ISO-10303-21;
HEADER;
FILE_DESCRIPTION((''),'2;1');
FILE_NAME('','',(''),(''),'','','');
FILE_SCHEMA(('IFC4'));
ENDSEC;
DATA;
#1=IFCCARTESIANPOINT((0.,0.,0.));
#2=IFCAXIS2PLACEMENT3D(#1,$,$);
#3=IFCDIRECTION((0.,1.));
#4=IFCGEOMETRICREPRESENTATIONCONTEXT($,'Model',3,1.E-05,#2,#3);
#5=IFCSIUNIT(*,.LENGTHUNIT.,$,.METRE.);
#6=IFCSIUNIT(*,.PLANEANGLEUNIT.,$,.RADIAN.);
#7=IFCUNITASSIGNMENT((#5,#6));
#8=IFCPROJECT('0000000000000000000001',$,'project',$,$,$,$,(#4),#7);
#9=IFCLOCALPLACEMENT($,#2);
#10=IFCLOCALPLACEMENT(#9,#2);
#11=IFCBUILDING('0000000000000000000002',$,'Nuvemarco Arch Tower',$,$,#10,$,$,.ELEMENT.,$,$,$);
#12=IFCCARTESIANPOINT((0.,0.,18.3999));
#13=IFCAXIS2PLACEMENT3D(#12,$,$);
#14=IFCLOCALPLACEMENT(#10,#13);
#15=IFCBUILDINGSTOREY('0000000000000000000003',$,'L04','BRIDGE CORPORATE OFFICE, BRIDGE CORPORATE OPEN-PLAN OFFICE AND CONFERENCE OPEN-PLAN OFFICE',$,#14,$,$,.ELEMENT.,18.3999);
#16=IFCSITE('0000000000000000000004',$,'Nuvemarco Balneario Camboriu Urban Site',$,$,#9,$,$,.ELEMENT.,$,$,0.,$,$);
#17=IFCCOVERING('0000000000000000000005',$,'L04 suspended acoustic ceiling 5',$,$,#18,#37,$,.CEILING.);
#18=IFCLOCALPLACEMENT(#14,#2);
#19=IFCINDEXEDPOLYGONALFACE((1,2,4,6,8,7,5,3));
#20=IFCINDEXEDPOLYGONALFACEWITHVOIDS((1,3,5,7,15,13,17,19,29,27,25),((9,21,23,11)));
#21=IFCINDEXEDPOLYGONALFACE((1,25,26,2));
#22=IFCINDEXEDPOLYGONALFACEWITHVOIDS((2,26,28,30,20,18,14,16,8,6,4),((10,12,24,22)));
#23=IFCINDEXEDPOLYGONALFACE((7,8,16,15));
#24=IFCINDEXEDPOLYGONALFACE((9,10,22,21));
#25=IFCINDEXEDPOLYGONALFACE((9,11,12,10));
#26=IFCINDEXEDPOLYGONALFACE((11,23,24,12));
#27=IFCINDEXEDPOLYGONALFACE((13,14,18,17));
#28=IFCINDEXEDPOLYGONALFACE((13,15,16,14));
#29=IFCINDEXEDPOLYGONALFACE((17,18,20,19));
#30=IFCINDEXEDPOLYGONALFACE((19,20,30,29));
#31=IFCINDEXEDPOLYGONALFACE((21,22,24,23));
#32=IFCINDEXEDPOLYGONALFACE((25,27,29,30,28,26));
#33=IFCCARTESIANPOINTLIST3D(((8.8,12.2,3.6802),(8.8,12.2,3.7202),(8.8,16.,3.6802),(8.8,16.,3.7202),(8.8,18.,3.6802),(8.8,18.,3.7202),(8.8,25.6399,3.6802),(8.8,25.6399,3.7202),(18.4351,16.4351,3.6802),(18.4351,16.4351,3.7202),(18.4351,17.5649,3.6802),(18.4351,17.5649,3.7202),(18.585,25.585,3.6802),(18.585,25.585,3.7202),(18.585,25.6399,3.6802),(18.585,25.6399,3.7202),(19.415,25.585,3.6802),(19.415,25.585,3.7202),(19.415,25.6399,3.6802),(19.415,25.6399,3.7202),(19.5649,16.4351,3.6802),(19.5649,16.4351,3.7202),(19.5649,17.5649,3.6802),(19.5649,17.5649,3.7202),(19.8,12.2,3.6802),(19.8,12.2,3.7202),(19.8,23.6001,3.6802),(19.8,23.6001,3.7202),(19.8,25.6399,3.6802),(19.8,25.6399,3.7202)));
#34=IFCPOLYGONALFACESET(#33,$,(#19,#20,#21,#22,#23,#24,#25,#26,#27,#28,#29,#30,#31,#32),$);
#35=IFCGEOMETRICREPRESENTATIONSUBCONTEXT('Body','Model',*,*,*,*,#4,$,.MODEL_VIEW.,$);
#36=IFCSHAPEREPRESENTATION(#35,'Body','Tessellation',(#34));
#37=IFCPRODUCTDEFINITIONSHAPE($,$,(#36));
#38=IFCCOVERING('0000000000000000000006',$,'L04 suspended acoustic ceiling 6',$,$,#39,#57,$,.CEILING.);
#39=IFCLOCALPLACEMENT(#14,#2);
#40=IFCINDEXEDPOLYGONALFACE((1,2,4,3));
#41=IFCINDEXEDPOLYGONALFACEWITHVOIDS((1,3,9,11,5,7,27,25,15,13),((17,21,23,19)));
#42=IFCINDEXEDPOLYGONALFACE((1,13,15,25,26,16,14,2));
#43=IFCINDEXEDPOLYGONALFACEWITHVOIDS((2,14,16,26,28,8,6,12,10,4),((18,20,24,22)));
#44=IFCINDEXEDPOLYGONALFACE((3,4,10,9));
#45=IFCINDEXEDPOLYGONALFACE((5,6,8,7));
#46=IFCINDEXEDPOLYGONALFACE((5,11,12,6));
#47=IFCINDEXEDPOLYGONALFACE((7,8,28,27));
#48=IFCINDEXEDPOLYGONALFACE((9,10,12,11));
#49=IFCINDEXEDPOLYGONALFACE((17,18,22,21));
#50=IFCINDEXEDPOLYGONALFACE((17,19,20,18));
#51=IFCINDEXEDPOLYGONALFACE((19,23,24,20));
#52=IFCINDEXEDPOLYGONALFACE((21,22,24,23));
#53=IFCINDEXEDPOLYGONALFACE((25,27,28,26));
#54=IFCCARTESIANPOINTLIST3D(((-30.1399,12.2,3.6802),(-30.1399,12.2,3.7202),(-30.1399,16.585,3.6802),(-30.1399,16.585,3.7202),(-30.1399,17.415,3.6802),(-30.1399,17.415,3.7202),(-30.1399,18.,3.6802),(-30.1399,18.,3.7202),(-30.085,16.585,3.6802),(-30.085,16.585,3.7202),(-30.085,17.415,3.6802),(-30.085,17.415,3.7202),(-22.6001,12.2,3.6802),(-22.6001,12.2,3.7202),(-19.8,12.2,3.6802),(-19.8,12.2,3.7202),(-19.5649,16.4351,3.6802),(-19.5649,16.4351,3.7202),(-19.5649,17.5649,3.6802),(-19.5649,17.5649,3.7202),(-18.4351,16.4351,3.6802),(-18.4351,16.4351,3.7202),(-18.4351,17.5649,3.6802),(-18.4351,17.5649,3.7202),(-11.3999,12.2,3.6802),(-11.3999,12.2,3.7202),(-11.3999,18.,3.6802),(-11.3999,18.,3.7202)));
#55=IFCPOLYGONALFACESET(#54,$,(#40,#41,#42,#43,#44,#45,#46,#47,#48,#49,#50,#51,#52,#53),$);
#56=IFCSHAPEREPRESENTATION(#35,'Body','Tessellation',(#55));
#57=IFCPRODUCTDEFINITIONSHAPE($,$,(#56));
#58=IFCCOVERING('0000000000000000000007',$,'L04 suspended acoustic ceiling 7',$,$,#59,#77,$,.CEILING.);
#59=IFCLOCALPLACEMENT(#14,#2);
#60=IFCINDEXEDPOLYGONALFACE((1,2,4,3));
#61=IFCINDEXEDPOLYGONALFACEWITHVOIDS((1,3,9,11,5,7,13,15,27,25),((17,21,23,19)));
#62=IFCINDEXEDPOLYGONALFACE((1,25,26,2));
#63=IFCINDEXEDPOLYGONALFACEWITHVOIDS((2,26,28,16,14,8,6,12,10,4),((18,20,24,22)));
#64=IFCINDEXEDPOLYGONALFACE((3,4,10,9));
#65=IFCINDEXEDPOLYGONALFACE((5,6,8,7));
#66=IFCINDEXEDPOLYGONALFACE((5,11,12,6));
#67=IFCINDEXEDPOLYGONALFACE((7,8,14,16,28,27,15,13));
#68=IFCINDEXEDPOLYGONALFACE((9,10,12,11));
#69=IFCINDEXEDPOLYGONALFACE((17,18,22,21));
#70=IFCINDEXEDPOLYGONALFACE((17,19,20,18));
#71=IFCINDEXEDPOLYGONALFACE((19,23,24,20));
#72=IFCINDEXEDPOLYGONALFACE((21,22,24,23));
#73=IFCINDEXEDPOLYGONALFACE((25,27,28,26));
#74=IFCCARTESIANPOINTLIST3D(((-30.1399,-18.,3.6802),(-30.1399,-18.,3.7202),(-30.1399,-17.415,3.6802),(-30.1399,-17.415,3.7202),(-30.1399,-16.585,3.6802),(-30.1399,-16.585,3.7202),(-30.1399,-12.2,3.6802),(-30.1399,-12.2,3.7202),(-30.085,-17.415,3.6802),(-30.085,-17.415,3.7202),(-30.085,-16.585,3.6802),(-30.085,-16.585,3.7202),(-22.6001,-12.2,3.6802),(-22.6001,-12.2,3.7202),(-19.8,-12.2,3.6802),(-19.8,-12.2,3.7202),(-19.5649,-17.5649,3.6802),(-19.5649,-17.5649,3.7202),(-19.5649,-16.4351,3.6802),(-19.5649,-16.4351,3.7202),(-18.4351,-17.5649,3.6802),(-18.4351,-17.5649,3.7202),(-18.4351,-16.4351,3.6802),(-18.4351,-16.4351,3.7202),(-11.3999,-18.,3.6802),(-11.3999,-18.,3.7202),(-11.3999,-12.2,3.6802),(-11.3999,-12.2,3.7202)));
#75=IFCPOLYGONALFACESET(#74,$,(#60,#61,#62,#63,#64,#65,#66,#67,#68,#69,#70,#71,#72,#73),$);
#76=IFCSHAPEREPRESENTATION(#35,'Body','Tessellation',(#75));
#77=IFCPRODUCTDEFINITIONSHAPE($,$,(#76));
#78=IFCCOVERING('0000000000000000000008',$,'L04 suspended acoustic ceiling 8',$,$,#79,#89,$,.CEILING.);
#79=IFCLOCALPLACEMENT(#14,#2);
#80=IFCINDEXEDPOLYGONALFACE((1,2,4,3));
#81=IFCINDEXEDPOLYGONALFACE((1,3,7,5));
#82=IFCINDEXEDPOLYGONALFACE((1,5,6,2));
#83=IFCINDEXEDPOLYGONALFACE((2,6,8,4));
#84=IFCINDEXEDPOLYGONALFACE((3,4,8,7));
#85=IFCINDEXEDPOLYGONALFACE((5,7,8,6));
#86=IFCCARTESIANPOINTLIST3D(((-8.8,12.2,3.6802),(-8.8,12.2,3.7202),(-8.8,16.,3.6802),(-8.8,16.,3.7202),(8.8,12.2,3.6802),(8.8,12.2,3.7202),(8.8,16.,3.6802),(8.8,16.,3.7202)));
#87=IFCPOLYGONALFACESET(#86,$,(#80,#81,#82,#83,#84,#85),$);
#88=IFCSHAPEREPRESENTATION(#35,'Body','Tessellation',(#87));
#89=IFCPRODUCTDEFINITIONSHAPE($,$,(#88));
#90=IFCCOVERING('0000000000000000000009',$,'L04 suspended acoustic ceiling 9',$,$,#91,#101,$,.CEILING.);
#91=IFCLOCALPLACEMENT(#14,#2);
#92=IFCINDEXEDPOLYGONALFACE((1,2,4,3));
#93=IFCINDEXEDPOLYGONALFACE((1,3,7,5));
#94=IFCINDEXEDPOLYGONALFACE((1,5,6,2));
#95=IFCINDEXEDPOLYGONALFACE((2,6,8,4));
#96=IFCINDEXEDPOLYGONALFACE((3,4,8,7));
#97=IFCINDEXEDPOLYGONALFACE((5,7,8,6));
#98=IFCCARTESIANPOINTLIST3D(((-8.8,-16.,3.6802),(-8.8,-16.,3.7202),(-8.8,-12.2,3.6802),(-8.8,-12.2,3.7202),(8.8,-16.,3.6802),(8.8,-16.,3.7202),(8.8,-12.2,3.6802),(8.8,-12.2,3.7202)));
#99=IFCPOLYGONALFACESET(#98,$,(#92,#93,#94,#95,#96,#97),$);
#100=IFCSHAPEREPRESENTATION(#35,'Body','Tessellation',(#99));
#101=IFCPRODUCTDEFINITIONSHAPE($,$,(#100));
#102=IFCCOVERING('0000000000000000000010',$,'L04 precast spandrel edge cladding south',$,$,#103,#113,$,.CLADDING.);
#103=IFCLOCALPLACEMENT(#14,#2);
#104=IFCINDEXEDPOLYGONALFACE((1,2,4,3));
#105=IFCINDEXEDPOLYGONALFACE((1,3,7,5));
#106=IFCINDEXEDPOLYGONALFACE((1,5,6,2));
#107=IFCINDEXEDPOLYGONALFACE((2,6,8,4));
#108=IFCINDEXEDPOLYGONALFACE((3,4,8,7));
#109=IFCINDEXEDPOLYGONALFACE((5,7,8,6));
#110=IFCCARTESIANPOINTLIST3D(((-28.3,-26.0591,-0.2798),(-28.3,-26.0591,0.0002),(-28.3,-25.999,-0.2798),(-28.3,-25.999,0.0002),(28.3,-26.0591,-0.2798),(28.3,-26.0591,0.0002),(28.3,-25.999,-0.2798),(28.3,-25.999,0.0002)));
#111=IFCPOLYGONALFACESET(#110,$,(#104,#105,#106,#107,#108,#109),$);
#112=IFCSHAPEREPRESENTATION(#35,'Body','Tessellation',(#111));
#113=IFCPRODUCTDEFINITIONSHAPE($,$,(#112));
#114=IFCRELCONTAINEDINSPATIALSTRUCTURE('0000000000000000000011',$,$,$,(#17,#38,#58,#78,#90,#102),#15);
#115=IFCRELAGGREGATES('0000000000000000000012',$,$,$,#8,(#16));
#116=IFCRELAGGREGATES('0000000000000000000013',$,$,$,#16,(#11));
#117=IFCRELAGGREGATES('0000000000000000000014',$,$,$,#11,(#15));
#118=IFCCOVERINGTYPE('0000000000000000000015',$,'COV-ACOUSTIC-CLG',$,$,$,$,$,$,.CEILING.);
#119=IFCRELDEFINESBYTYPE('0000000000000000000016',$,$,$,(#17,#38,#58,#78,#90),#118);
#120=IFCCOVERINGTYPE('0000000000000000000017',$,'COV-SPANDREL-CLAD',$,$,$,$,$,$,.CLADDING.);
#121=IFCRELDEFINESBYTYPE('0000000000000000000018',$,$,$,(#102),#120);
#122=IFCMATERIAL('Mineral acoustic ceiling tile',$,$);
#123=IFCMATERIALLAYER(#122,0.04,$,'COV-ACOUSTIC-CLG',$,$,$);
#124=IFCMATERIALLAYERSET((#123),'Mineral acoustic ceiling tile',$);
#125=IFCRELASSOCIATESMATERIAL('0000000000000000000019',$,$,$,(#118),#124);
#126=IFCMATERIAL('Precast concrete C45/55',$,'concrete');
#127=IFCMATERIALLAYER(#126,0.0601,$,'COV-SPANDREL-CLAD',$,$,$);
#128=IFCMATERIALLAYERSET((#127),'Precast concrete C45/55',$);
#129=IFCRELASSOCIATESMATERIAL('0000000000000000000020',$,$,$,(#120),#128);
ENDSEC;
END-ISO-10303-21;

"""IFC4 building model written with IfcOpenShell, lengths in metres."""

from ifc_helpers import new_model, si_unit, direction, frame, origin, origin_2d, place, context, subcontext, project, spatial, polyline, rectangle, outline, extrude, source, transform, mapped, material, layer, layer_set, type_object, type_shapes, element, save


model = new_model("IFC4")

# Units and contexts
model_context = context("Model", 3, precision=1e-05, world=origin(), true_north=direction((0.0, 1.0)))
body_context = subcontext(model_context, "Body", "Model", "MODEL_VIEW")
ifc_project = project(units=[si_unit("LENGTHUNIT", "METRE"), si_unit("PLANEANGLEUNIT", "RADIAN")], contexts=[model_context])

# Site, building, storey
site_placement = place(None, origin())
site = spatial("IfcSite", under=ifc_project, at=site_placement, Name="Nuvemarco Balneario Camboriu Urban Site", CompositionType="ELEMENT", RefElevation=0.0)
building_placement = place(site_placement, origin())
building = spatial("IfcBuilding", under=site, at=building_placement, Name="Nuvemarco Arch Tower", CompositionType="ELEMENT")
storey_placement = place(building_placement, frame((0.0, 0.0, 18.3999)))
storey = spatial("IfcBuildingStorey", under=building, at=storey_placement, Name="L04", Description="BRIDGE CORPORATE OFFICE, BRIDGE CORPORATE OPEN-PLAN OFFICE AND CONFERENCE OPEN-PLAN OFFICE", CompositionType="ELEMENT", Elevation=18.3999)

# Shared definitions
ifc_material_1 = material(Name="Precast concrete C45/55", Category="concrete")

# Coverings
ifc_material_2 = material(Name="Mineral acoustic ceiling tile")
ifc_layer_1 = layer(ifc_material_2, 0.04, Name="COV-ACOUSTIC-CLG")
ifc_layer_set_1 = layer_set([ifc_layer_1], Name="Mineral acoustic ceiling tile")
covering_type_1 = type_object("IfcCoveringType", Name="COV-ACOUSTIC-CLG", PredefinedType="CEILING", material=ifc_layer_set_1)
covering_1_placement = place(storey_placement, frame((0.0, 0.0, 3.6802)))
element("IfcCovering", 1, at=covering_1_placement, inside=storey, type_object=covering_type_1, Name="L04 suspended acoustic ceiling 5", PredefinedType="CEILING", context=body_context, shape_type="SweptSolid", body=[
    extrude(outline(polyline([(18.585, 25.6399), (18.585, 25.585), (19.415, 25.585), (19.415, 25.6399), (19.8, 25.6399), (19.8, 23.6001), (19.8, 12.2), (8.8, 12.2), (8.8, 16.0), (8.8, 18.0), (8.8, 25.6399), (18.585, 25.6399)]), holes=[polyline([(19.5649, 16.4351), (19.5649, 17.5649), (18.4351, 17.5649), (18.4351, 16.4351), (19.5649, 16.4351)])]), origin(), (0.0, 0.0, 1.0), 0.04),
])
covering_2_placement = place(storey_placement, frame((0.0, 0.0, 3.6802)))
element("IfcCovering", 2, at=covering_2_placement, inside=storey, type_object=covering_type_1, Name="L04 suspended acoustic ceiling 6", PredefinedType="CEILING", context=body_context, shape_type="SweptSolid", body=[
    extrude(outline(polyline([(-30.1399, 16.585), (-30.085, 16.585), (-30.085, 17.415), (-30.1399, 17.415), (-30.1399, 18.0), (-11.3999, 18.0), (-11.3999, 12.2), (-19.8, 12.2), (-22.6001, 12.2), (-30.1399, 12.2), (-30.1399, 16.585)]), holes=[polyline([(-18.4351, 16.4351), (-18.4351, 17.5649), (-19.5649, 17.5649), (-19.5649, 16.4351), (-18.4351, 16.4351)])]), origin(), (0.0, 0.0, 1.0), 0.04),
])
covering_3_placement = place(storey_placement, frame((0.0, 0.0, 3.6802)))
element("IfcCovering", 3, at=covering_3_placement, inside=storey, type_object=covering_type_1, Name="L04 suspended acoustic ceiling 7", PredefinedType="CEILING", context=body_context, shape_type="SweptSolid", body=[
    extrude(outline(polyline([(-22.6001, -12.2), (-19.8, -12.2), (-11.3999, -12.2), (-11.3999, -18.0), (-30.1399, -18.0), (-30.1399, -17.415), (-30.085, -17.415), (-30.085, -16.585), (-30.1399, -16.585), (-30.1399, -12.2), (-22.6001, -12.2)]), holes=[polyline([(-18.4351, -17.5649), (-18.4351, -16.4351), (-19.5649, -16.4351), (-19.5649, -17.5649), (-18.4351, -17.5649)])]), origin(), (0.0, 0.0, 1.0), 0.04),
])
covering_4_placement = place(storey_placement, frame((0.0, 0.0, 3.6802)))
element("IfcCovering", 4, at=covering_4_placement, inside=storey, type_object=covering_type_1, Name="L04 suspended acoustic ceiling 8", PredefinedType="CEILING", context=body_context, shape_type="SweptSolid", body=[
    extrude(outline(polyline([(-8.8, 16.0), (8.8, 16.0), (8.8, 12.2), (-8.8, 12.2), (-8.8, 16.0)])), origin(), (0.0, 0.0, 1.0), 0.04),
])
covering_5_placement = place(storey_placement, frame((0.0, 0.0, 3.6802)))
element("IfcCovering", 5, at=covering_5_placement, inside=storey, type_object=covering_type_1, Name="L04 suspended acoustic ceiling 9", PredefinedType="CEILING", context=body_context, shape_type="SweptSolid", body=[
    extrude(outline(polyline([(-8.8, -12.2), (8.8, -12.2), (8.8, -16.0), (-8.8, -16.0), (-8.8, -12.2)])), origin(), (0.0, 0.0, 1.0), 0.04),
])
ifc_layer_2 = layer(ifc_material_1, 0.0601, Name="COV-SPANDREL-CLAD")
ifc_layer_set_2 = layer_set([ifc_layer_2], Name="Precast concrete C45/55")
covering_type_2 = type_object("IfcCoveringType", Name="COV-SPANDREL-CLAD", PredefinedType="CLADDING", material=ifc_layer_set_2)
shared_shape_1 = source(origin(), body_context, "Body", "SweptSolid", [
    extrude(rectangle(XDim=56.6001, YDim=0.0601, at=origin_2d()), origin(), (0.0, 0.0, 1.0), 0.28),
])
type_shapes(covering_type_2, [shared_shape_1])
covering_6_placement = place(storey_placement, frame((0.0, -26.0291, -0.2798), z_axis=(0.0, 0.0, 1.0), x_axis=(1.0, 0.0, 0.0)))
element("IfcCovering", 6, at=covering_6_placement, inside=storey, type_object=covering_type_2, Name="L04 precast spandrel edge cladding south", PredefinedType="CLADDING", context=body_context, shape_type="MappedRepresentation", body=[
    mapped(shared_shape_1, transform((0.0, 0.0, 0.0), scale=1.0)),
])

save(model, "model.ifc")
